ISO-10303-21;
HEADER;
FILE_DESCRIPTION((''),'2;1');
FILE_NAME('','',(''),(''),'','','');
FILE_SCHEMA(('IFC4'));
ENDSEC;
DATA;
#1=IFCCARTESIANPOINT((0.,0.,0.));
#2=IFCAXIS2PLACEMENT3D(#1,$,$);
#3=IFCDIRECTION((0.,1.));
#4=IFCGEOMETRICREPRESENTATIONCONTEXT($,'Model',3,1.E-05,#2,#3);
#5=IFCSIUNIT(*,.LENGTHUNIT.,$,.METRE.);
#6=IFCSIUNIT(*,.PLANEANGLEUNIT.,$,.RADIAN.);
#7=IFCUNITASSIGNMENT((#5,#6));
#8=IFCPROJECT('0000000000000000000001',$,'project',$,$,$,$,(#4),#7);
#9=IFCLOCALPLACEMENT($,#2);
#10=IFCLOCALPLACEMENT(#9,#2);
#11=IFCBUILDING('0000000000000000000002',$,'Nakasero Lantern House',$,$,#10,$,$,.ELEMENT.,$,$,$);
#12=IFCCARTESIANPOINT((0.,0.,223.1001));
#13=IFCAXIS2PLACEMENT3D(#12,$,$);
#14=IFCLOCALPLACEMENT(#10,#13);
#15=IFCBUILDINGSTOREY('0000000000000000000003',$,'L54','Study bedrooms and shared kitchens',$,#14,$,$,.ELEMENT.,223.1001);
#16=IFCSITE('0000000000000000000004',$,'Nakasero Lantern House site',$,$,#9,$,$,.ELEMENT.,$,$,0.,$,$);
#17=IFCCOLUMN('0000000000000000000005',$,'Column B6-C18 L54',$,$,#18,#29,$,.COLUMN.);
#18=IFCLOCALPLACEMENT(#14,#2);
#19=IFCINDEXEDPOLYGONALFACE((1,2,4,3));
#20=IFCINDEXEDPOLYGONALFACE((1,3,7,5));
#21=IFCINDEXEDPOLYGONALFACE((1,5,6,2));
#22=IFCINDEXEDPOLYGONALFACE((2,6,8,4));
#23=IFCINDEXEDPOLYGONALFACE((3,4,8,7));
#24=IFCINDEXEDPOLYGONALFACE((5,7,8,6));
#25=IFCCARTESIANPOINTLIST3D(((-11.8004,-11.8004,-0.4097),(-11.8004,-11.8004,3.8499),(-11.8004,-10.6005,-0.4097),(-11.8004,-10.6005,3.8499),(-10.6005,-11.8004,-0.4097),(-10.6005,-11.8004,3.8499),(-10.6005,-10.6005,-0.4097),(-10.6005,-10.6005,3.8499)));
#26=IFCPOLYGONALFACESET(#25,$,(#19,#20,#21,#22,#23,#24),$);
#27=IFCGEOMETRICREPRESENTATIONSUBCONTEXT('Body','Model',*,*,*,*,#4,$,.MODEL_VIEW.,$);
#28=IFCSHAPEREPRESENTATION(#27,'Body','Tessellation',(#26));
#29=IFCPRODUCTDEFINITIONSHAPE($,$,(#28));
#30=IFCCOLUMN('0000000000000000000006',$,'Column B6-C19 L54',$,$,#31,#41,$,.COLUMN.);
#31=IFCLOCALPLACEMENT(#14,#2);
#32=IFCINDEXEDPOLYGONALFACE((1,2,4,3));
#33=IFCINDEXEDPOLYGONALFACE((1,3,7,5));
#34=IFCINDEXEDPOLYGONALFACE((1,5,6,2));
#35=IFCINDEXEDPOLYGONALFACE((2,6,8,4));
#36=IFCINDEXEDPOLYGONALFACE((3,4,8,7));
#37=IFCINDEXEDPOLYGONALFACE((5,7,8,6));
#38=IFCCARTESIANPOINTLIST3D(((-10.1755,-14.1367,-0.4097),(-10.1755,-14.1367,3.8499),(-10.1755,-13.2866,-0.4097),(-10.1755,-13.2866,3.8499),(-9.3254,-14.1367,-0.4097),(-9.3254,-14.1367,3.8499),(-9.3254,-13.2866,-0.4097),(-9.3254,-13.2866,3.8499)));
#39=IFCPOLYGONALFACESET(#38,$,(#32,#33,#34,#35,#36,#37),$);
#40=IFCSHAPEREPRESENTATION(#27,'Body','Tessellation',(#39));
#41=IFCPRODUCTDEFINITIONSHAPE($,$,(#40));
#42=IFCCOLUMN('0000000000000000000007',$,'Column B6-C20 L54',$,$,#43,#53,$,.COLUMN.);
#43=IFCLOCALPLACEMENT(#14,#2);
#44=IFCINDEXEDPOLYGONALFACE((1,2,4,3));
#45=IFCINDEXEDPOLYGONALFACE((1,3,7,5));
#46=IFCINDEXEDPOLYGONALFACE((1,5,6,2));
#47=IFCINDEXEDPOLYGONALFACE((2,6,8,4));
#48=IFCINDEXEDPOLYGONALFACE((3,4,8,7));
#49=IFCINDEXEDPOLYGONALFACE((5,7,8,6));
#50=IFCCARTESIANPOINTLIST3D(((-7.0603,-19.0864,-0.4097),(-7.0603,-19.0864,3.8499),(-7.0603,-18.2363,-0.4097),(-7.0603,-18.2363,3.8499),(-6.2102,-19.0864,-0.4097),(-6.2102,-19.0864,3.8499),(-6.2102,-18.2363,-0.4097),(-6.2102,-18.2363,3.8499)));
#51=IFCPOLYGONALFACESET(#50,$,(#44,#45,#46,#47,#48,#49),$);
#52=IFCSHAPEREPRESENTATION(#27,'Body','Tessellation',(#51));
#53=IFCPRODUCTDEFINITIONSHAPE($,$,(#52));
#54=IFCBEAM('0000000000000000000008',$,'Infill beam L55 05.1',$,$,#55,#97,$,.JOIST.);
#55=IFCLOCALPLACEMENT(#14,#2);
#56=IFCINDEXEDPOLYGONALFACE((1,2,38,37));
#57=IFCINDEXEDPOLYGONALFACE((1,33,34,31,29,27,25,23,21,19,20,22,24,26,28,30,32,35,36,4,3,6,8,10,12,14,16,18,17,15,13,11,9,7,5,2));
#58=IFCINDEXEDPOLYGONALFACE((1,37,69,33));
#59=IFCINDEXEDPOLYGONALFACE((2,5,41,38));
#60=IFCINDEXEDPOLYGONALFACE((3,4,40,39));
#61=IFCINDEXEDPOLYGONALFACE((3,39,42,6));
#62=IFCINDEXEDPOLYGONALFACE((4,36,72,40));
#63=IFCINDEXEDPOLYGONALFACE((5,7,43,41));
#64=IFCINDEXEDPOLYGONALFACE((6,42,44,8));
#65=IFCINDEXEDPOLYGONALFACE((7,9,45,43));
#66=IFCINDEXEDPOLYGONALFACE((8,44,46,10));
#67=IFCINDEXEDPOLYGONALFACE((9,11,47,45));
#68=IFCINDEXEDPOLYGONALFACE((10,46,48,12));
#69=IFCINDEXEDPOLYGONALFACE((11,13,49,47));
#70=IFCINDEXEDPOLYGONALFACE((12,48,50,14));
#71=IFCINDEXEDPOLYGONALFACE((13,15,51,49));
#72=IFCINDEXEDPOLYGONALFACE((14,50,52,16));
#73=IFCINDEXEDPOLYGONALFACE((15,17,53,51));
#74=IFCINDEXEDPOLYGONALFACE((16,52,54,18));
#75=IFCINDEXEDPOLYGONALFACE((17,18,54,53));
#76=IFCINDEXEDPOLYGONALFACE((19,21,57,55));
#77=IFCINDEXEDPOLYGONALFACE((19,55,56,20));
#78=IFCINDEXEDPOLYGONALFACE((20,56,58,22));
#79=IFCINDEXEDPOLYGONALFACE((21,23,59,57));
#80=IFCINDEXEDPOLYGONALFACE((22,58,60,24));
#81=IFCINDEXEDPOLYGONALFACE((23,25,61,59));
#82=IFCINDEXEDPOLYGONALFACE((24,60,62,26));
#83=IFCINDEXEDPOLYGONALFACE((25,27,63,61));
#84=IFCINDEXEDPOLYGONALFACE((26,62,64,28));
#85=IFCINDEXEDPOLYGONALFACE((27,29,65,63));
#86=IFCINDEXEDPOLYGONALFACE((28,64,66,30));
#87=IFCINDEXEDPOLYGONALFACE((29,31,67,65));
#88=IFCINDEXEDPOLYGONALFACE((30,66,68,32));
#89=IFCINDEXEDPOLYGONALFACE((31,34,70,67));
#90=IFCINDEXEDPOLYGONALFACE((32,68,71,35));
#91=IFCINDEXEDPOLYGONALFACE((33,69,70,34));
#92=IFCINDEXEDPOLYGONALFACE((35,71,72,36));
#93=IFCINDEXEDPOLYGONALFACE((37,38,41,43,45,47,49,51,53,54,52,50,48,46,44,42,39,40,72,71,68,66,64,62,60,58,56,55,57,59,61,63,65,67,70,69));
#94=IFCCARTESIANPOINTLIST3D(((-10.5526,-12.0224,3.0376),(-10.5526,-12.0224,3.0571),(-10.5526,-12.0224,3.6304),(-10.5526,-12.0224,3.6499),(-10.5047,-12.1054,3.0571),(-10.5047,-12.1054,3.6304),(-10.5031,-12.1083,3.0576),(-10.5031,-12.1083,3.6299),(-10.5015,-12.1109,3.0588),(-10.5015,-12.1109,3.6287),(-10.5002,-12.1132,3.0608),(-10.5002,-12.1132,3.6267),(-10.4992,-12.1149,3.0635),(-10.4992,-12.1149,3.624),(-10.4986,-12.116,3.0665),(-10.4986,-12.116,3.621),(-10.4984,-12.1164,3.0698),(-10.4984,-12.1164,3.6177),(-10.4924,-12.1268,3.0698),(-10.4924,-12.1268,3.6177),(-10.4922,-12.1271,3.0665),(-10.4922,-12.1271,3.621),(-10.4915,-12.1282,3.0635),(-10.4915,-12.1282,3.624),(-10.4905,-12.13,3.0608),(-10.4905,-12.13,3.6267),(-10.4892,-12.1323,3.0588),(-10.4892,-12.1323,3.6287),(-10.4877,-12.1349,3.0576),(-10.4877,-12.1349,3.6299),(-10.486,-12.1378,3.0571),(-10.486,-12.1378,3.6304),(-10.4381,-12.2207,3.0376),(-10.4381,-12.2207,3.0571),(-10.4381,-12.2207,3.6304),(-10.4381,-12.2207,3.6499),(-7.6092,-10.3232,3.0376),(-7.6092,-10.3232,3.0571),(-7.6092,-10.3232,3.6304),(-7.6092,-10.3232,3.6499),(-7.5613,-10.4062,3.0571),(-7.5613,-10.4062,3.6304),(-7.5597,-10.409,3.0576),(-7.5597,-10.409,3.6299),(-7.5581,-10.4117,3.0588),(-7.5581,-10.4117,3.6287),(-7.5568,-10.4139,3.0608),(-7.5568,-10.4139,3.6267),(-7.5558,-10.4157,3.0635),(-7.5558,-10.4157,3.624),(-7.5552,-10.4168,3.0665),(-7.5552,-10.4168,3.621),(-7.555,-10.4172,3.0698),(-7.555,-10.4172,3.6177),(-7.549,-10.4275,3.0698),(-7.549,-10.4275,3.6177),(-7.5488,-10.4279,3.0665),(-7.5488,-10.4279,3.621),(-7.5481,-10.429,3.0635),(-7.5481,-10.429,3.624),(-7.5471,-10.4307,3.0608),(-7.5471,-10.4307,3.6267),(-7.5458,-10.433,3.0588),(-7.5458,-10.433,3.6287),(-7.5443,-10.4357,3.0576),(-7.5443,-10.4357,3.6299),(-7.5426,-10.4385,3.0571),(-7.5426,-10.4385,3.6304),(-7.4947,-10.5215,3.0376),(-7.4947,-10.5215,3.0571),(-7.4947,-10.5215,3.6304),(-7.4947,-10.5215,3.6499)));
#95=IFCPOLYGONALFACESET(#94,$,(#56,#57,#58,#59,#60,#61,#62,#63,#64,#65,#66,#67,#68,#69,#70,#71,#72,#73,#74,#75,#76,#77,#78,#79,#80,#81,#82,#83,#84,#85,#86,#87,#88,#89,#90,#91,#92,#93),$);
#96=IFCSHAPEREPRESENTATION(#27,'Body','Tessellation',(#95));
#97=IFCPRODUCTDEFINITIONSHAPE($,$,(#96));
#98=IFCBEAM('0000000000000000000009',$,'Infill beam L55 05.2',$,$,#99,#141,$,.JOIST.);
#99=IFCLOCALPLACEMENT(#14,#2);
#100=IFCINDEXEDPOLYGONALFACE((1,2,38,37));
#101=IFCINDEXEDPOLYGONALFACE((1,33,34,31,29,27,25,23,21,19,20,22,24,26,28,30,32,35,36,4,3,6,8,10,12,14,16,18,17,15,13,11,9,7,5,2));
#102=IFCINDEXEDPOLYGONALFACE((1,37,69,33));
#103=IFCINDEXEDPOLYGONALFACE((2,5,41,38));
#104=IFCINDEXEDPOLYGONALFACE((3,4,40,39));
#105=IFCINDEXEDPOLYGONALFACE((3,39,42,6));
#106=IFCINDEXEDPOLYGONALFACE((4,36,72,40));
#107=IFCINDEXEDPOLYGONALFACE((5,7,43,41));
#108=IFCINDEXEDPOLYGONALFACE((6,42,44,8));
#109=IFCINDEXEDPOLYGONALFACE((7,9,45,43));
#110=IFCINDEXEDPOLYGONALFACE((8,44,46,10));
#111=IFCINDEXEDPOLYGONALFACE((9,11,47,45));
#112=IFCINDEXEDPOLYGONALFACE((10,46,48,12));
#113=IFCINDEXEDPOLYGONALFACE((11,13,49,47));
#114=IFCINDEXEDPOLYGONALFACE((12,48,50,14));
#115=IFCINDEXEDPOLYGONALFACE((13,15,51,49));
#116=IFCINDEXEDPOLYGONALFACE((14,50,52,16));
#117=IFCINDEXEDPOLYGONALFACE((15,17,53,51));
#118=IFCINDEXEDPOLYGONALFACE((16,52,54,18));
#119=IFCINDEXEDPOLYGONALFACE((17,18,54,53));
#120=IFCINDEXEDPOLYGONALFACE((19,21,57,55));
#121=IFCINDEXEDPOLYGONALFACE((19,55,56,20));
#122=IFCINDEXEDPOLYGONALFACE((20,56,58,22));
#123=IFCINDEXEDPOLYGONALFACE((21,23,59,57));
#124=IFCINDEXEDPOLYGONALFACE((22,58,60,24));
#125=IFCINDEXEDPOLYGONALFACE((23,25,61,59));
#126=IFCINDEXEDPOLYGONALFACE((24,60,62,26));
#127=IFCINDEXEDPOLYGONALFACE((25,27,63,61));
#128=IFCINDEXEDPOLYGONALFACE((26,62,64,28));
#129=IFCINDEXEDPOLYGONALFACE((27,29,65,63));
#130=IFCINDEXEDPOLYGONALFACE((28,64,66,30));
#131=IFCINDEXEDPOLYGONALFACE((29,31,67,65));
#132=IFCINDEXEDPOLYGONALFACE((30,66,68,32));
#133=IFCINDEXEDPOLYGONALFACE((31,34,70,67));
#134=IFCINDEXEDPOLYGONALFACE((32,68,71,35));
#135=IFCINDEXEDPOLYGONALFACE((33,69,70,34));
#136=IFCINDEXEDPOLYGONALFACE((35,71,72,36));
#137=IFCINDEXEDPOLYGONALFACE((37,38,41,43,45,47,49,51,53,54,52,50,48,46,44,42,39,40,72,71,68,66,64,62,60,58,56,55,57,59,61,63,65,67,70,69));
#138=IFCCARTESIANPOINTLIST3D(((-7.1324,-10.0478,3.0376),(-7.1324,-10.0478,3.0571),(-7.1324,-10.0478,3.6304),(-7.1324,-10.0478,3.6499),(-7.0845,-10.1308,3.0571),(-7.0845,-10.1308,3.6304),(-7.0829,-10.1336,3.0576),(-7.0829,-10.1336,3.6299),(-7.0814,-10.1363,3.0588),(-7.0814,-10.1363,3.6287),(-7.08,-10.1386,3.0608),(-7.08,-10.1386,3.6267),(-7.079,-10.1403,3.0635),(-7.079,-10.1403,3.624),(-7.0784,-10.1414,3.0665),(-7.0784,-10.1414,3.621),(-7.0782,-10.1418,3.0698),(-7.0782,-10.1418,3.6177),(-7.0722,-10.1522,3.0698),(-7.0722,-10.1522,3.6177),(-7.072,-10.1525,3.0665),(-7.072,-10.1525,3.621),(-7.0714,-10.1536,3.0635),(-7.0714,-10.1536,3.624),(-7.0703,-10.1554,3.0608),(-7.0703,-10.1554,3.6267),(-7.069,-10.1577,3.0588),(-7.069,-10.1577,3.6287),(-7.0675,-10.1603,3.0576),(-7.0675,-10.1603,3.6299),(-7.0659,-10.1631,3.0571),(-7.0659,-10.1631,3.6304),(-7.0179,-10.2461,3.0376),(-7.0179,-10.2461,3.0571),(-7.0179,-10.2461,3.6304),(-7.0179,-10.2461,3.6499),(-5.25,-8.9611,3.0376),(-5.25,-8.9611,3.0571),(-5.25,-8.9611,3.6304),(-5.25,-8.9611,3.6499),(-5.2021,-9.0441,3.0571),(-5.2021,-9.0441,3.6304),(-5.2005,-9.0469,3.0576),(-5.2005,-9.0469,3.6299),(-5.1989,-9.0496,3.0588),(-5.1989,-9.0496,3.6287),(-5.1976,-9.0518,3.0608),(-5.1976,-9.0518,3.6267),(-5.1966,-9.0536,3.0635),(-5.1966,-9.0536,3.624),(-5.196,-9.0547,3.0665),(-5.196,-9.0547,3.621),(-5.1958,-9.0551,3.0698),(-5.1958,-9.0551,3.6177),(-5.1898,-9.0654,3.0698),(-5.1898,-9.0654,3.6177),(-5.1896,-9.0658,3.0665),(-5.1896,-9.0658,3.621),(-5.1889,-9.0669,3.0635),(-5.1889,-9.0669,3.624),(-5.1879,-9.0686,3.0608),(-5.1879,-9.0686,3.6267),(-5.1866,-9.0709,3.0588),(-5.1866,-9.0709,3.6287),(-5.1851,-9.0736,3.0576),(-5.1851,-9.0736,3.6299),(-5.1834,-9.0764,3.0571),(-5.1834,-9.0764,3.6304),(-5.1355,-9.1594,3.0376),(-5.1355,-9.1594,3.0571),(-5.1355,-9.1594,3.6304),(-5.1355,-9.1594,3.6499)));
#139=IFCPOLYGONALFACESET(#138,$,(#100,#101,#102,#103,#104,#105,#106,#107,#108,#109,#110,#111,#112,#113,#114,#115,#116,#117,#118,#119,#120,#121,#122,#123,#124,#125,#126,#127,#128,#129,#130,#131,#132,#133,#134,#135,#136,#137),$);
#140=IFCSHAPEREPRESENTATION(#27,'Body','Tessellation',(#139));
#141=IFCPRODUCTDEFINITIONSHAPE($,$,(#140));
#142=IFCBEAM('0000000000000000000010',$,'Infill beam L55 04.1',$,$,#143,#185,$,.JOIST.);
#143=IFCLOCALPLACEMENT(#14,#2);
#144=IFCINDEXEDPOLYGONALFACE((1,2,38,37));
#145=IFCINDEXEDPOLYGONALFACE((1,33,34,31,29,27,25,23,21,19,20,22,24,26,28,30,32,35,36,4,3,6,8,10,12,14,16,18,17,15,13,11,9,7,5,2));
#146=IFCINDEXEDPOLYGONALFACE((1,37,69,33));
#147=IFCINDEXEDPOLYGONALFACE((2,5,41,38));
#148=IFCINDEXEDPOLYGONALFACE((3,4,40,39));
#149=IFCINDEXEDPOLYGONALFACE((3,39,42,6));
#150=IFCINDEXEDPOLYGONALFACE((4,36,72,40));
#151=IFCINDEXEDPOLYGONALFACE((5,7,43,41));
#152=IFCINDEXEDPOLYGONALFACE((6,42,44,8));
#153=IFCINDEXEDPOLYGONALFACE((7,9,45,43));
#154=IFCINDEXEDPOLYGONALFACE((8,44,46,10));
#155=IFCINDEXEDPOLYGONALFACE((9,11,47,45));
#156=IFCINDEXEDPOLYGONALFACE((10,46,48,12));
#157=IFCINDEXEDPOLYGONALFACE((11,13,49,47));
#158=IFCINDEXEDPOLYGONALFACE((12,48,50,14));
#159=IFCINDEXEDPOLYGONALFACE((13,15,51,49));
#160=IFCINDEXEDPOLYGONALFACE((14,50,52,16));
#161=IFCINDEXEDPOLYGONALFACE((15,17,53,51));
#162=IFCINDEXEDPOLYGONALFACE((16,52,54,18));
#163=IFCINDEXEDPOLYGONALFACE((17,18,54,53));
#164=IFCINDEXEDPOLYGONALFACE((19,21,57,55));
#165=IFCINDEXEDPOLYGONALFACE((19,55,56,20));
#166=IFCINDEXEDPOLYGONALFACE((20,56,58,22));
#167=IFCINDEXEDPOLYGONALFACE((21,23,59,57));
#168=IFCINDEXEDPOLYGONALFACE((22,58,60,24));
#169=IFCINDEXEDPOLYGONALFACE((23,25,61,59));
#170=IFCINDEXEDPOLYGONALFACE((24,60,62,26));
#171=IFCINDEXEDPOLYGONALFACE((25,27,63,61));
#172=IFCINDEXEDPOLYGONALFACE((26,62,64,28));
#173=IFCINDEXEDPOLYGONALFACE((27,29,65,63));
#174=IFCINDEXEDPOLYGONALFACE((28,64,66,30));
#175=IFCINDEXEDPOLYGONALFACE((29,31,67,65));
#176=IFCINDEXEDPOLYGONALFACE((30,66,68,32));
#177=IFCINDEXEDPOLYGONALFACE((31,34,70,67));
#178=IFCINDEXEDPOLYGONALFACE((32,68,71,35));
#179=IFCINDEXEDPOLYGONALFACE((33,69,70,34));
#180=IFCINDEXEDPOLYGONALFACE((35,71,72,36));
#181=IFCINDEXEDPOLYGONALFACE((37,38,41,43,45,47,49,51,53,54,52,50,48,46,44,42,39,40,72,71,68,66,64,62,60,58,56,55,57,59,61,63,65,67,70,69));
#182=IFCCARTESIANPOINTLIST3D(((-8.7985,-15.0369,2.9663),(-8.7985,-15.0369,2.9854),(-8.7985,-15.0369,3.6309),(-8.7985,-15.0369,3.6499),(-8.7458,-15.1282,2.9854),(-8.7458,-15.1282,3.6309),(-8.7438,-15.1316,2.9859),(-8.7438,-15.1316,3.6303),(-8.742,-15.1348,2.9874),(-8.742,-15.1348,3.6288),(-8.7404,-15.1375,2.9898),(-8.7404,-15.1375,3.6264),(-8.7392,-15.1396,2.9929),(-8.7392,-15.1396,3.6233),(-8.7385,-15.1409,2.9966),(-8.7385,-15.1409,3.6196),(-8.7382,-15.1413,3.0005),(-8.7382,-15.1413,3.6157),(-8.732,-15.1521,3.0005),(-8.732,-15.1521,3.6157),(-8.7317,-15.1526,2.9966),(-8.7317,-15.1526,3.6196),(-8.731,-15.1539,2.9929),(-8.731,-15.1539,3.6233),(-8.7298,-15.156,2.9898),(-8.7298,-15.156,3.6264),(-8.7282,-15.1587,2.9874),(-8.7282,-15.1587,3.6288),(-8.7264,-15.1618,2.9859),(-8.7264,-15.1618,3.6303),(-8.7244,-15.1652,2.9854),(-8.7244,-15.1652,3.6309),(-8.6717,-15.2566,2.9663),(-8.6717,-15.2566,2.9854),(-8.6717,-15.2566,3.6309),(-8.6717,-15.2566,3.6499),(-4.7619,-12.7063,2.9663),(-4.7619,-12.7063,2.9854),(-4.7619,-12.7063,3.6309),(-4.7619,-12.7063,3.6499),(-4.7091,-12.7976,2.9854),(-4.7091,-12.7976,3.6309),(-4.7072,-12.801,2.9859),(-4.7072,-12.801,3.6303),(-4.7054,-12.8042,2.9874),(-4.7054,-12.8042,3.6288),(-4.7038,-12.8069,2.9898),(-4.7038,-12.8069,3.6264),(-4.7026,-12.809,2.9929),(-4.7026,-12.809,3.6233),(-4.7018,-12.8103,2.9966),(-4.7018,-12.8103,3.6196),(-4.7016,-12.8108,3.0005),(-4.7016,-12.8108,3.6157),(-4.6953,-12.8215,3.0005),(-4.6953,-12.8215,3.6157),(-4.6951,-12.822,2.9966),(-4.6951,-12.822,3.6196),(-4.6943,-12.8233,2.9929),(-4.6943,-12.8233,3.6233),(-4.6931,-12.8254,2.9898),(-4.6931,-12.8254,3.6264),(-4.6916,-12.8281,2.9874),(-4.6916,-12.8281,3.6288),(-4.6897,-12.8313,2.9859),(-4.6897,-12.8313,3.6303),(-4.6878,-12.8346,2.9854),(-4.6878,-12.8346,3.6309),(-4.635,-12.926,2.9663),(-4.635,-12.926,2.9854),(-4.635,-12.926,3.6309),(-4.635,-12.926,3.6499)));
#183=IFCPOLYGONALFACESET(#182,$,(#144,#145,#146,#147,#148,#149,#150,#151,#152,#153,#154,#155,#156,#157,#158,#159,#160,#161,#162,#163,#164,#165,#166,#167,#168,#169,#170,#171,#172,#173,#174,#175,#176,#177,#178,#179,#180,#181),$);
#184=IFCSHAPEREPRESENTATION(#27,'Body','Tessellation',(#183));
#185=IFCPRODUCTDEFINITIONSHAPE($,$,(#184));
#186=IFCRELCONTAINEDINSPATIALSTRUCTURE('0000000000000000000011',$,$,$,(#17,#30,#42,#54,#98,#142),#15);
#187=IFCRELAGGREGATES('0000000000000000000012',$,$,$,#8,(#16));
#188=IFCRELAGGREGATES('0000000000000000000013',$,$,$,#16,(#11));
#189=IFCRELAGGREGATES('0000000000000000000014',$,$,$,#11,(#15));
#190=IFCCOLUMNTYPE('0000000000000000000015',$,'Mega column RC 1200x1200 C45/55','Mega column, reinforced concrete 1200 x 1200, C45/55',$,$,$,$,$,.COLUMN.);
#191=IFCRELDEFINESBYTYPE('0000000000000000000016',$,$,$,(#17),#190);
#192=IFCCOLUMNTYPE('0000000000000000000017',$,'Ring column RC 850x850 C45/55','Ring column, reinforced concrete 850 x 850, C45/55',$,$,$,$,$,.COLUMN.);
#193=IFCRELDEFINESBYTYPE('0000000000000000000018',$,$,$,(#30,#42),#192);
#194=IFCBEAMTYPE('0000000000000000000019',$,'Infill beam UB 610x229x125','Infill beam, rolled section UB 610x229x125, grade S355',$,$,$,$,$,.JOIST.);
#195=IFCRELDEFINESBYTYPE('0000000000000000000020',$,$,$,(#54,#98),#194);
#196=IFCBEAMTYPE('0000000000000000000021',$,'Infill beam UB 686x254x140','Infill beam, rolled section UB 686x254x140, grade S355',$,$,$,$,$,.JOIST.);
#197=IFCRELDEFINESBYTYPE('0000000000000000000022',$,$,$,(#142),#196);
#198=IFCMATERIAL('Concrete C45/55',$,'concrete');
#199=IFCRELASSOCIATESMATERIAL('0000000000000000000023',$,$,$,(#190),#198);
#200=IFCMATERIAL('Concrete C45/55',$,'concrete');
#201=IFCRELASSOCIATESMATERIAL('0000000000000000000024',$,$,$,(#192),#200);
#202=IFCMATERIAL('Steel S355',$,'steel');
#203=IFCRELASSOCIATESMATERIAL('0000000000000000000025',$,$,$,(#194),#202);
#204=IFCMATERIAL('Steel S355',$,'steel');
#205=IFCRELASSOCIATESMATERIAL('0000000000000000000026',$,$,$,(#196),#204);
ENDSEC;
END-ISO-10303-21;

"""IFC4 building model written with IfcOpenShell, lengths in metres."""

from ifc_helpers import new_model, si_unit, direction, frame, origin, origin_2d, place, context, subcontext, project, spatial, rectangle, i_section, extrude, material, material_profile, profile_set, type_object, element, save


model = new_model("IFC4")

# Units and contexts
model_context = context("Model", 3, precision=1e-05, world=origin(), true_north=direction((0.0, 1.0)))
body_context = subcontext(model_context, "Body", "Model", "MODEL_VIEW")
ifc_project = project(units=[si_unit("LENGTHUNIT", "METRE"), si_unit("PLANEANGLEUNIT", "RADIAN")], contexts=[model_context])

# Site, building, storey
site_placement = place(None, origin())
site = spatial("IfcSite", under=ifc_project, at=site_placement, Name="Nakasero Lantern House site", CompositionType="ELEMENT", RefElevation=0.0)
building_placement = place(site_placement, origin())
building = spatial("IfcBuilding", under=site, at=building_placement, Name="Nakasero Lantern House", CompositionType="ELEMENT")
storey_placement = place(building_placement, frame((0.0, 0.0, 223.1001)))
storey = spatial("IfcBuildingStorey", under=building, at=storey_placement, Name="L54", Description="Study bedrooms and shared kitchens", CompositionType="ELEMENT", Elevation=223.1001)

# Columns
ifc_material_1 = material(Name="Concrete C45/55", Category="concrete")
ifc_material_profile_1 = material_profile(ifc_material_1, rectangle(XDim=1.2, YDim=1.2, at=origin_2d()), Name="RC 1200x1200")
ifc_profile_set_1 = profile_set([ifc_material_profile_1], Name="Concrete C45/55")
column_type_1 = type_object("IfcColumnType", Name="Mega column RC 1200x1200 C45/55", Description="Mega column, reinforced concrete 1200 x 1200, C45/55", PredefinedType="COLUMN", material=ifc_profile_set_1)
column_placement = place(storey_placement, frame((-11.2004, -11.2004, -0.4097), z_axis=(0.0, 0.0, 1.0), x_axis=(1.0, 0.0, 0.0)))
element("IfcColumn", 1, at=column_placement, inside=storey, type_object=column_type_1, Name="Column B6-C18 L54", PredefinedType="COLUMN", context=body_context, shape_type="SweptSolid", body=[
    extrude(rectangle(XDim=1.2, YDim=1.2, at=origin_2d()), origin(), (0.0, 0.0, 1.0), 4.2595),
])
ifc_material_2 = material(Name="Concrete C45/55", Category="concrete")
ifc_material_profile_2 = material_profile(ifc_material_2, rectangle(XDim=0.8501, YDim=0.8501, at=origin_2d()), Name="RC 850x850")
ifc_profile_set_2 = profile_set([ifc_material_profile_2], Name="Concrete C45/55")
column_type_2 = type_object("IfcColumnType", Name="Ring column RC 850x850 C45/55", Description="Ring column, reinforced concrete 850 x 850, C45/55", PredefinedType="COLUMN", material=ifc_profile_set_2)
for number, where, z_axis, x_axis, name in (
    (2, (-9.7505, -13.7117, -0.4097), (0.0, 0.0, 1.0), (1.0, 0.0, 0.0), "Column B6-C19 L54"),
    (3, (-6.6353, -18.6614, -0.4097), (0.0, 0.0, 1.0), (1.0, 0.0, 0.0), "Column B6-C20 L54"),
):
    element("IfcColumn", number, at=place(storey_placement, frame(where, z_axis=z_axis, x_axis=x_axis)), inside=storey, type_object=column_type_2, Name=name, PredefinedType="COLUMN", context=body_context, shape_type="SweptSolid", body=[
        extrude(rectangle(XDim=0.8501, YDim=0.8501, at=origin_2d()), origin(), (0.0, 0.0, 1.0), 4.2595),
    ])

# Beams
ifc_material_3 = material(Name="Steel S355", Category="steel")
ifc_material_profile_3 = material_profile(ifc_material_3, i_section(OverallWidth=0.229, OverallDepth=0.6123, WebThickness=0.012, FlangeThickness=0.0195, FilletRadius=0.0127, at=origin_2d()), Name="UB 610x229x125")
ifc_profile_set_3 = profile_set([ifc_material_profile_3], Name="Steel S355")
beam_type_1 = type_object("IfcBeamType", Name="Infill beam UB 610x229x125", Description="Infill beam, rolled section UB 610x229x125, grade S355", PredefinedType="JOIST", material=ifc_profile_set_3)
beam_1_placement = place(storey_placement, frame((-10.4954, -12.1216, 3.3438), z_axis=(0.866042, 0.499971, 0.0), x_axis=(-0.499971, 0.866042, 0.0)))
element("IfcBeam", 4, at=beam_1_placement, inside=storey, type_object=beam_type_1, Name="Infill beam L55 05.1", PredefinedType="JOIST", context=body_context, shape_type="SweptSolid", body=[
    extrude(i_section(OverallWidth=0.229, OverallDepth=0.6123, WebThickness=0.012, FlangeThickness=0.0195, FilletRadius=0.0127, at=origin_2d()), origin(), (0.0, 0.0, 1.0), 3.3987),
])
beam_2_placement = place(storey_placement, frame((-7.0752, -10.147, 3.3438), z_axis=(0.866043, 0.499969, 0.0), x_axis=(-0.499969, 0.866043, 0.0)))
element("IfcBeam", 5, at=beam_2_placement, inside=storey, type_object=beam_type_1, Name="Infill beam L55 05.2", PredefinedType="JOIST", context=body_context, shape_type="SweptSolid", body=[
    extrude(i_section(OverallWidth=0.229, OverallDepth=0.6123, WebThickness=0.012, FlangeThickness=0.0195, FilletRadius=0.0127, at=origin_2d()), origin(), (0.0, 0.0, 1.0), 2.1736),
])
ifc_material_4 = material(Name="Steel S355", Category="steel")
ifc_material_profile_4 = material_profile(ifc_material_4, i_section(OverallWidth=0.2537, OverallDepth=0.6836, WebThickness=0.0125, FlangeThickness=0.019, FilletRadius=0.0151, at=origin_2d()), Name="UB 686x254x140")
ifc_profile_set_4 = profile_set([ifc_material_profile_4], Name="Steel S355")
beam_type_2 = type_object("IfcBeamType", Name="Infill beam UB 686x254x140", Description="Infill beam, rolled section UB 686x254x140, grade S355", PredefinedType="JOIST", material=ifc_profile_set_4)
beam_3_placement = place(storey_placement, frame((-8.7351, -15.1467, 3.3081), z_axis=(0.866023, 0.500004, 0.0), x_axis=(-0.500004, 0.866023, 0.0)))
element("IfcBeam", 6, at=beam_3_placement, inside=storey, type_object=beam_type_2, Name="Infill beam L55 04.1", PredefinedType="JOIST", context=body_context, shape_type="SweptSolid", body=[
    extrude(i_section(OverallWidth=0.2537, OverallDepth=0.6836, WebThickness=0.0125, FlangeThickness=0.019, FilletRadius=0.0151, at=origin_2d()), origin(), (0.0, 0.0, 1.0), 4.6611),
])

save(model, "model.ifc")
